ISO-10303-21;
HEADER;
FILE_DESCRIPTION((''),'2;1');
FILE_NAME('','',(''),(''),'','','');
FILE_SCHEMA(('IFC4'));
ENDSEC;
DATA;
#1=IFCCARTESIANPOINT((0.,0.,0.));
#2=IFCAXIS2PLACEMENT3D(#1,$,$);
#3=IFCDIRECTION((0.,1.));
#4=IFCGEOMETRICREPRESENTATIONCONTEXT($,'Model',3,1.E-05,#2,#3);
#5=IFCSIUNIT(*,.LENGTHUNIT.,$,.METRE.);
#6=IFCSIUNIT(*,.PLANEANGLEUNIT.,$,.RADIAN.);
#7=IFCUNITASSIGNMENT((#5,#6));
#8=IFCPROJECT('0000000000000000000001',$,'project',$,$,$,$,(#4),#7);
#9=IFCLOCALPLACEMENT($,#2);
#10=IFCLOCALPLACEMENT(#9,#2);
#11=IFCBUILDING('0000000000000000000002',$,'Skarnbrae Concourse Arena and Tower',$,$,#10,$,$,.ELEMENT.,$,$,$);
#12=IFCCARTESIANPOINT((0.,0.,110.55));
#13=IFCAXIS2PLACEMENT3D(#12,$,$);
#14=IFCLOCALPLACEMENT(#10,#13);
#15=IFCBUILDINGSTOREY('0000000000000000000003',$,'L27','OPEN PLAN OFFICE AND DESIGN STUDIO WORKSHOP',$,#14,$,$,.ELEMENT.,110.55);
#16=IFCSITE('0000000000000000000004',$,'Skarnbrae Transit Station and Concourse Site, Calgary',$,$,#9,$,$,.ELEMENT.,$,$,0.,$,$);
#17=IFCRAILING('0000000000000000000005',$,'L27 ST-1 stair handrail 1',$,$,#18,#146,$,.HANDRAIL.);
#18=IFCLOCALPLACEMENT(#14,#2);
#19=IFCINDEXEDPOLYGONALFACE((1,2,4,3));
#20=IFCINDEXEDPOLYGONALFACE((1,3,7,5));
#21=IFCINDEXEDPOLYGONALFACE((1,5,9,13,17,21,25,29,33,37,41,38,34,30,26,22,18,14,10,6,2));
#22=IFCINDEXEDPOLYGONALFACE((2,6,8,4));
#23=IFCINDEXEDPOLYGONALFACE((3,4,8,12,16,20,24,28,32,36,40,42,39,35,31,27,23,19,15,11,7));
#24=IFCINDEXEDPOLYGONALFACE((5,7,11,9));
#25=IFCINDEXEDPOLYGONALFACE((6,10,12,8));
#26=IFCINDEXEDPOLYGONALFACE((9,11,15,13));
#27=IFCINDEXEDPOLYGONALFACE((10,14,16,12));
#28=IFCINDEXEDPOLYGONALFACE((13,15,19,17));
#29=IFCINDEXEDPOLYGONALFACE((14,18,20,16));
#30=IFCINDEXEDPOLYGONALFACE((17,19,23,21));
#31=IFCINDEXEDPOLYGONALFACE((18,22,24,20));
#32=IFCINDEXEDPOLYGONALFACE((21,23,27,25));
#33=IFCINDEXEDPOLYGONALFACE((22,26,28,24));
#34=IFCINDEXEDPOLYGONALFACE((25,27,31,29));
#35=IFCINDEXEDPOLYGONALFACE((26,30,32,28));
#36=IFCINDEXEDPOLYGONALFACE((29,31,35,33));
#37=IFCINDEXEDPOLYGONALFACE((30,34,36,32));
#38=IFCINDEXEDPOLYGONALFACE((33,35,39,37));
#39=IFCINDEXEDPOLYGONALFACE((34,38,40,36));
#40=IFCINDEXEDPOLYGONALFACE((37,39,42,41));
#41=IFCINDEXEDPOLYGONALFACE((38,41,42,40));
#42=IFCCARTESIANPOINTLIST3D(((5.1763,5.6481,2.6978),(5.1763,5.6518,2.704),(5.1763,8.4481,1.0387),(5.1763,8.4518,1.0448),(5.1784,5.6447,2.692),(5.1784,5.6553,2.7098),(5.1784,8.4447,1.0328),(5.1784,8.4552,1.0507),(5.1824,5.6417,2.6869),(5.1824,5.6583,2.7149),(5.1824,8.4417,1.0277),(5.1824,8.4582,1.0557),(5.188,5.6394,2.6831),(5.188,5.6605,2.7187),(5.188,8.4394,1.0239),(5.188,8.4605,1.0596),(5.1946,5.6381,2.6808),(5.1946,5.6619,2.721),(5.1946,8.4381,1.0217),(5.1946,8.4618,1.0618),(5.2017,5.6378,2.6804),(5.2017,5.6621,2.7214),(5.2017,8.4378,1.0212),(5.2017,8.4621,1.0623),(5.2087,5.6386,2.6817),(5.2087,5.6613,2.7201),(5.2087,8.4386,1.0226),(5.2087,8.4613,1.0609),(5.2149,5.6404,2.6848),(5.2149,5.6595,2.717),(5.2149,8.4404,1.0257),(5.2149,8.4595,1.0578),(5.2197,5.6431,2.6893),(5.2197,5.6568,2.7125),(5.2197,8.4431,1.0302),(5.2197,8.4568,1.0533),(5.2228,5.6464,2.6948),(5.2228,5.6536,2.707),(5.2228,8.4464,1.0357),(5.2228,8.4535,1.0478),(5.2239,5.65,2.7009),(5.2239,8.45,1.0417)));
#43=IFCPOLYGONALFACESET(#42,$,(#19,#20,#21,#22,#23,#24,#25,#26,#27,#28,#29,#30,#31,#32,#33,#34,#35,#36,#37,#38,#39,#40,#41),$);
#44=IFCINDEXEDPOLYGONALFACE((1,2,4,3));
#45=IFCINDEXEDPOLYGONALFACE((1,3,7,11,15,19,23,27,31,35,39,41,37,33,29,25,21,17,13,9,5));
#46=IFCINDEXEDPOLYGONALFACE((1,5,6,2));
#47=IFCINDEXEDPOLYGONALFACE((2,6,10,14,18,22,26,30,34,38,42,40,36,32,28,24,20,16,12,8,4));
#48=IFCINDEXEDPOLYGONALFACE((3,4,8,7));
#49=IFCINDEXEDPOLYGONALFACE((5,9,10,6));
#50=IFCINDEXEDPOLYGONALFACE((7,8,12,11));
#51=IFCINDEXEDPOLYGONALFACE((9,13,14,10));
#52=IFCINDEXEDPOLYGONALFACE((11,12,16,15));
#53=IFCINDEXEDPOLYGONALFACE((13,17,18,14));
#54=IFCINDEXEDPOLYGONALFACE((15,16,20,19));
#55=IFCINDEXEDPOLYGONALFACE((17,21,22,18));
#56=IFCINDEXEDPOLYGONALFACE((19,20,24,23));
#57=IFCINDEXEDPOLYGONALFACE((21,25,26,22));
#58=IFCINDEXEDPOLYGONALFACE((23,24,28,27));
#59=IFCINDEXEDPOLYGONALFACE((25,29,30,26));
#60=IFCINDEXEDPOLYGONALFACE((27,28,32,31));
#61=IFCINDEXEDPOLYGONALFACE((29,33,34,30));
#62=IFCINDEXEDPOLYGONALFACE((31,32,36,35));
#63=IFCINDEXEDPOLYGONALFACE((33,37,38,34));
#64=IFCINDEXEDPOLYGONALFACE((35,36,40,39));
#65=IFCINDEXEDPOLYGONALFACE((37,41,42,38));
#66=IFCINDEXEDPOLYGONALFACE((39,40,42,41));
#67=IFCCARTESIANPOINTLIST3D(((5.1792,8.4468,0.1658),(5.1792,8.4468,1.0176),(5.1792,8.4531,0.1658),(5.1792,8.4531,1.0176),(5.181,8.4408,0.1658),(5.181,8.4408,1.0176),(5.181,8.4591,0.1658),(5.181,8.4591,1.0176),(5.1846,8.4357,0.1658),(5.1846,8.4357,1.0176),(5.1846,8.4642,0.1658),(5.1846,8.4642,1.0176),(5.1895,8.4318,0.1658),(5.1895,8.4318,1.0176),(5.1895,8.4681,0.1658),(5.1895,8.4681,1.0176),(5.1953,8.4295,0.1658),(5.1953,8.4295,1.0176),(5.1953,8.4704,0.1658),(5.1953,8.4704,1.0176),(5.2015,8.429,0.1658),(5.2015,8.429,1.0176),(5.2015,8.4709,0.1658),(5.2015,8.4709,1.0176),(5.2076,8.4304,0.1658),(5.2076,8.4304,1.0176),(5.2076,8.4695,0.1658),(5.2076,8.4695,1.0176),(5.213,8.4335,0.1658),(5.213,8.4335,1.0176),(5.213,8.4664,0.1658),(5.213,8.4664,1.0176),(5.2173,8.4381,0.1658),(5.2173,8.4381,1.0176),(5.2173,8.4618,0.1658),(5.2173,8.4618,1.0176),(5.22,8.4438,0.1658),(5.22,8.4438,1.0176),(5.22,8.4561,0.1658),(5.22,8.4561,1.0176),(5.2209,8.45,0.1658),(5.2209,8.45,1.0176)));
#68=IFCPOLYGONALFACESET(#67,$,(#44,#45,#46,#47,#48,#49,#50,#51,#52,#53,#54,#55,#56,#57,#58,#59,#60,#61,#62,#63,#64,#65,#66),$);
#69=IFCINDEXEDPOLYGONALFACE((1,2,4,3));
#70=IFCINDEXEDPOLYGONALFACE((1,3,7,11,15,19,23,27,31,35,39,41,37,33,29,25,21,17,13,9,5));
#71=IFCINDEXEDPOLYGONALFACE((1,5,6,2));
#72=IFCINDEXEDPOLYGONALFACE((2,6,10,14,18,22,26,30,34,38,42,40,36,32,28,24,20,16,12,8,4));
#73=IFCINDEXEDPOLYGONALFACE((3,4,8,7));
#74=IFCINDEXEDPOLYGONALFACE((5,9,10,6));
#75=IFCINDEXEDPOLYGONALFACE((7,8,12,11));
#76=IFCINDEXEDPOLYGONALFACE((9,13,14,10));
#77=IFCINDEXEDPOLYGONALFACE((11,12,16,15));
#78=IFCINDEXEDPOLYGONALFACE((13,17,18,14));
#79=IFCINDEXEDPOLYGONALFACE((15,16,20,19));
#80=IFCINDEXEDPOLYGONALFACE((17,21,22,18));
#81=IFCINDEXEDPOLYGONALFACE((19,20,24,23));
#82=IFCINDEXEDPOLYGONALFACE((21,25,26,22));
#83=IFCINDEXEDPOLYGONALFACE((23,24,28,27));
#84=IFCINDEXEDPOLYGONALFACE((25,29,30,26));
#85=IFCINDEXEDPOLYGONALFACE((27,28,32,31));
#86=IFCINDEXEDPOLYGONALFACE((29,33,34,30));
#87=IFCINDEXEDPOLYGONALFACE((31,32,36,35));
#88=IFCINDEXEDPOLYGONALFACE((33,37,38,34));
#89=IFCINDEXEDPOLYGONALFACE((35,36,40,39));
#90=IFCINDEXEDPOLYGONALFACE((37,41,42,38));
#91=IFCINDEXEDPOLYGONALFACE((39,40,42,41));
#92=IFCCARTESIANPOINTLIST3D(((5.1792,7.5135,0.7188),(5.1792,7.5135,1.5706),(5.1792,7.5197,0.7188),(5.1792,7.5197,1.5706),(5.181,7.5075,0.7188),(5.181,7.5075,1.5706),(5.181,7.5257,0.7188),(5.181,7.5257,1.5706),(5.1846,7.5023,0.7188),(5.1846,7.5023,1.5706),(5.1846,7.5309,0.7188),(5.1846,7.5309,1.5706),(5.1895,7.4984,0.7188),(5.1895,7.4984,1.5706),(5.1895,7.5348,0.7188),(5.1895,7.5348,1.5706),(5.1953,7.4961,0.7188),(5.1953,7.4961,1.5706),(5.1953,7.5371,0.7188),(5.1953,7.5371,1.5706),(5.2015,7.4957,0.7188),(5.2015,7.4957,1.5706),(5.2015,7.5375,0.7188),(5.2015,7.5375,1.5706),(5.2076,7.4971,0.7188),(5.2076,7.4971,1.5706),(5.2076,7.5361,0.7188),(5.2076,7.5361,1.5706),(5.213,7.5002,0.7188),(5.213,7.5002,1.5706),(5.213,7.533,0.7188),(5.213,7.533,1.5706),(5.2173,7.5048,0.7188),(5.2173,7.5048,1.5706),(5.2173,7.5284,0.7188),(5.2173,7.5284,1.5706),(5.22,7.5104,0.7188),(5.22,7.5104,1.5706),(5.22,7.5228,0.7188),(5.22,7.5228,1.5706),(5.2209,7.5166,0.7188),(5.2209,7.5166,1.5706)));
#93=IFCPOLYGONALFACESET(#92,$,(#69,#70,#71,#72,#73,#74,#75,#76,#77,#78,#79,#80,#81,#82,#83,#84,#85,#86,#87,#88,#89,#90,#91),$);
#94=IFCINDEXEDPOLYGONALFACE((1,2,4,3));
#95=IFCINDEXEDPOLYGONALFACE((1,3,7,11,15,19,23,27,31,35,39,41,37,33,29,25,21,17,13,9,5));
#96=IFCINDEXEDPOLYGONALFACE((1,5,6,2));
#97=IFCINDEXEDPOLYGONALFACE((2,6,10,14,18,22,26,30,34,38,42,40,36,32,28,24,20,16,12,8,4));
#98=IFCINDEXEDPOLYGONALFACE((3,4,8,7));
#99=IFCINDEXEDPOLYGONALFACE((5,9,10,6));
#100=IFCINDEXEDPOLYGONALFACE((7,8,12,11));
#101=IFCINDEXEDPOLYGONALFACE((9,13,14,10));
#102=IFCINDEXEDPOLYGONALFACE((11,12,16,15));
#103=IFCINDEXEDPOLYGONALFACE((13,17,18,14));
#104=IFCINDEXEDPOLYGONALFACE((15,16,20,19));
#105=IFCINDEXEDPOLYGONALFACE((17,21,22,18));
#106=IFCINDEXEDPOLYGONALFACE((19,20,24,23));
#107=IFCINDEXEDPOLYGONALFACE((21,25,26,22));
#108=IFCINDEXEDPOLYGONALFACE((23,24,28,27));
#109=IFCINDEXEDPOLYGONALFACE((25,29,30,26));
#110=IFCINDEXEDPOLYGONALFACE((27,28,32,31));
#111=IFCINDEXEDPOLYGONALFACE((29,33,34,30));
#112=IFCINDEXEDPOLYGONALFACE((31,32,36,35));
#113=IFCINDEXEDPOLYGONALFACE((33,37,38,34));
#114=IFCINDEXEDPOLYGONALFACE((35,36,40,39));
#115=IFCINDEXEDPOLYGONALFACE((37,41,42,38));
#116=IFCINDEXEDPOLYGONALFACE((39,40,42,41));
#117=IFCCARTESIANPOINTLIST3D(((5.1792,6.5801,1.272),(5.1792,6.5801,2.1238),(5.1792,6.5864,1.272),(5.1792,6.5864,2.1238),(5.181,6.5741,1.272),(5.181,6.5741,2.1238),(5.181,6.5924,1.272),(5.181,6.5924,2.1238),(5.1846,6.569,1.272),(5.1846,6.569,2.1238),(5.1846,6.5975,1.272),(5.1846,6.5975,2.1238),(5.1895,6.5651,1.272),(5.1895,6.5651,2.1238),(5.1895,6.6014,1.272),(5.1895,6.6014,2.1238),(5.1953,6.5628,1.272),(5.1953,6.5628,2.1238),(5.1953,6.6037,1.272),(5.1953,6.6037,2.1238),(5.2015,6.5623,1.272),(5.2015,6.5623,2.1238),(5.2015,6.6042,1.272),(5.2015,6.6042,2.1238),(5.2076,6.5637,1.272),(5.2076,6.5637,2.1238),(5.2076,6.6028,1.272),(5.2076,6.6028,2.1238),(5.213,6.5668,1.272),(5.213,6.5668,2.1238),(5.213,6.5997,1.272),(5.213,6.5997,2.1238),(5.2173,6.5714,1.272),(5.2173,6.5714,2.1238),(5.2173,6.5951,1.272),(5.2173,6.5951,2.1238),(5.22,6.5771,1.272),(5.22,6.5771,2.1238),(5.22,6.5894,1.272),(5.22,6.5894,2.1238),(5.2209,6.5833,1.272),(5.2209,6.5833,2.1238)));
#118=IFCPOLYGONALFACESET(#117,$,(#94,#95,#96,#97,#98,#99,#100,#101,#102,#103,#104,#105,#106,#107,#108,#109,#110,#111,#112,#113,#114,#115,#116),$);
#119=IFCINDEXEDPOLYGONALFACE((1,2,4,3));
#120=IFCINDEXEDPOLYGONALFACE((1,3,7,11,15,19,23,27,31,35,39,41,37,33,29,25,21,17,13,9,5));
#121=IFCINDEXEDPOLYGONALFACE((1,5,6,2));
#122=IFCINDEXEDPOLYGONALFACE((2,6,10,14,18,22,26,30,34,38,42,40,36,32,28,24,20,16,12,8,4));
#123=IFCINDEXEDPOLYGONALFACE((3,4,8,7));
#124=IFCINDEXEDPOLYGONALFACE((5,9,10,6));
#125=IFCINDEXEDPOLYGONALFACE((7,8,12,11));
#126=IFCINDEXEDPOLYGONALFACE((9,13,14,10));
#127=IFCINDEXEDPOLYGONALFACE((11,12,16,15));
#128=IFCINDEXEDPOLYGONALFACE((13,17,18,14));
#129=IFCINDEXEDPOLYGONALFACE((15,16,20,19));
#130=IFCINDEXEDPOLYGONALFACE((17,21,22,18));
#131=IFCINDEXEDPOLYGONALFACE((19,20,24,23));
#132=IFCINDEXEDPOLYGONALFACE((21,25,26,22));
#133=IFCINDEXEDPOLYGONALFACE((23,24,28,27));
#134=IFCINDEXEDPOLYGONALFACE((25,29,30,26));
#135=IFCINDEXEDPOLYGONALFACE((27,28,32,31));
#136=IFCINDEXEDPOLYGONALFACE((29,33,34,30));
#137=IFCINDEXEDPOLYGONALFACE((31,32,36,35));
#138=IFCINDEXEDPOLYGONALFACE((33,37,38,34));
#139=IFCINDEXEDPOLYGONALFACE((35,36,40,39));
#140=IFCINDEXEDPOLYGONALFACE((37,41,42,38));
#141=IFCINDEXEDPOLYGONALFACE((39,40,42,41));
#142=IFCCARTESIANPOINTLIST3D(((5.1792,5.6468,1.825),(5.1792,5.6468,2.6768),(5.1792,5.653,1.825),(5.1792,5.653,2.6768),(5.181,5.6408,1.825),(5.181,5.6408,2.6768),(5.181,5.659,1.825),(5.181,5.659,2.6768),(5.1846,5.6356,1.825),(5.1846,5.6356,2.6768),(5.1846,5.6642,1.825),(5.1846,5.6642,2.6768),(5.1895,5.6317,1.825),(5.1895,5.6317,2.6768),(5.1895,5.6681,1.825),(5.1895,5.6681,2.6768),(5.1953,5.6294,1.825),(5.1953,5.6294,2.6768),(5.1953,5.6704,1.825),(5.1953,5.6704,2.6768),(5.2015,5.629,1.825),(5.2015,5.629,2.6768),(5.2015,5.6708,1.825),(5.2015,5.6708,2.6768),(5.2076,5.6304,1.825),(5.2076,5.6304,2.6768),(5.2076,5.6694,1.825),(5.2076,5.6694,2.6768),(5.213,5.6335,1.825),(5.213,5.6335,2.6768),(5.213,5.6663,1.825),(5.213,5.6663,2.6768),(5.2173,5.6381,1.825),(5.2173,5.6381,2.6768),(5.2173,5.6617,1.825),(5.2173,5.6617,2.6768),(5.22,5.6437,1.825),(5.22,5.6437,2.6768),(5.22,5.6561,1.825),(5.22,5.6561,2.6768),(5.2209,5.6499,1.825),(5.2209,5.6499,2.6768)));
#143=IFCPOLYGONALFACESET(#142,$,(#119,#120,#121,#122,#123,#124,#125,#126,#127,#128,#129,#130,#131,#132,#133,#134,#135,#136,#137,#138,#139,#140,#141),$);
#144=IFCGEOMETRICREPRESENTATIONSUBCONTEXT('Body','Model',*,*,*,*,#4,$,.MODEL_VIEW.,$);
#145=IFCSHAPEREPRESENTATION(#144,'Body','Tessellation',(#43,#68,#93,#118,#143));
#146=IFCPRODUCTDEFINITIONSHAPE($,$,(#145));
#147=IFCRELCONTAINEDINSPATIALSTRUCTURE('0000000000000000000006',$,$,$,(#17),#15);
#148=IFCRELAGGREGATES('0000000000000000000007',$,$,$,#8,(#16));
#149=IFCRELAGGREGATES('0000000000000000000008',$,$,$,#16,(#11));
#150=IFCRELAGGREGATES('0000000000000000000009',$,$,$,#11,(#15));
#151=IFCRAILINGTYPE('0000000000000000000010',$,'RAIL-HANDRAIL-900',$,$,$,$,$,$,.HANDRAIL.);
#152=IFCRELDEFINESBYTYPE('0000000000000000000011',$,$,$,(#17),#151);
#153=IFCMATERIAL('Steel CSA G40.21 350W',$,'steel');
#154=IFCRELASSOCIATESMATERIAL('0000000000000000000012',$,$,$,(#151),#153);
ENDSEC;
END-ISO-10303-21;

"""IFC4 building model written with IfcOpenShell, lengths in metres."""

from ifc_helpers import new_model, si_unit, direction, frame, origin, origin_2d, place, context, subcontext, project, spatial, circle, extrude, material, type_object, element, save


model = new_model("IFC4")

# Units and contexts
model_context = context("Model", 3, precision=1e-05, world=origin(), true_north=direction((0.0, 1.0)))
body_context = subcontext(model_context, "Body", "Model", "MODEL_VIEW")
ifc_project = project(units=[si_unit("LENGTHUNIT", "METRE"), si_unit("PLANEANGLEUNIT", "RADIAN")], contexts=[model_context])

# Site, building, storey
site_placement = place(None, origin())
site = spatial("IfcSite", under=ifc_project, at=site_placement, Name="Skarnbrae Transit Station and Concourse Site, Calgary", CompositionType="ELEMENT", RefElevation=0.0)
building_placement = place(site_placement, origin())
building = spatial("IfcBuilding", under=site, at=building_placement, Name="Skarnbrae Concourse Arena and Tower", CompositionType="ELEMENT")
storey_placement = place(building_placement, frame((0.0, 0.0, 110.55)))
storey = spatial("IfcBuildingStorey", under=building, at=storey_placement, Name="L27", Description="OPEN PLAN OFFICE AND DESIGN STUDIO WORKSHOP", CompositionType="ELEMENT", Elevation=110.55)

# Shared definitions
ifc_material_1 = material(Name="Steel CSA G40.21 350W", Category="steel")

# Railing
railing_type_1 = type_object("IfcRailingType", Name="RAIL-HANDRAIL-900", PredefinedType="HANDRAIL", material=ifc_material_1)
railing_1_placement = place(storey_placement, frame((5.2, 8.45, 0.1658)))
element("IfcRailing", 1, at=railing_1_placement, inside=storey, type_object=railing_type_1, Name="L27 ST-1 stair handrail 1", PredefinedType="HANDRAIL", context=body_context, shape_type="SweptSolid", body=[
    extrude(circle(Radius=0.0239, at=origin_2d()), frame((0.0, 0.0, 0.876), z_axis=(0.0, -0.860306, 0.509778), x_axis=(1.0, 0.0, 0.0)), (0.0, 0.0, 1.0), 3.2546),
    extrude(circle(Radius=0.021, at=origin_2d()), origin(), (0.0, 0.0, 1.0), 0.8518),
    extrude(circle(Radius=0.021, at=origin_2d()), frame((0.0, -0.9333, 0.553)), (0.0, 0.0, 1.0), 0.8518),
    extrude(circle(Radius=0.021, at=origin_2d()), frame((0.0, -1.8667, 1.1062)), (0.0, 0.0, 1.0), 0.8518),
    extrude(circle(Radius=0.021, at=origin_2d()), frame((0.0, -2.8, 1.6592)), (0.0, 0.0, 1.0), 0.8518),
])

save(model, "model.ifc")
